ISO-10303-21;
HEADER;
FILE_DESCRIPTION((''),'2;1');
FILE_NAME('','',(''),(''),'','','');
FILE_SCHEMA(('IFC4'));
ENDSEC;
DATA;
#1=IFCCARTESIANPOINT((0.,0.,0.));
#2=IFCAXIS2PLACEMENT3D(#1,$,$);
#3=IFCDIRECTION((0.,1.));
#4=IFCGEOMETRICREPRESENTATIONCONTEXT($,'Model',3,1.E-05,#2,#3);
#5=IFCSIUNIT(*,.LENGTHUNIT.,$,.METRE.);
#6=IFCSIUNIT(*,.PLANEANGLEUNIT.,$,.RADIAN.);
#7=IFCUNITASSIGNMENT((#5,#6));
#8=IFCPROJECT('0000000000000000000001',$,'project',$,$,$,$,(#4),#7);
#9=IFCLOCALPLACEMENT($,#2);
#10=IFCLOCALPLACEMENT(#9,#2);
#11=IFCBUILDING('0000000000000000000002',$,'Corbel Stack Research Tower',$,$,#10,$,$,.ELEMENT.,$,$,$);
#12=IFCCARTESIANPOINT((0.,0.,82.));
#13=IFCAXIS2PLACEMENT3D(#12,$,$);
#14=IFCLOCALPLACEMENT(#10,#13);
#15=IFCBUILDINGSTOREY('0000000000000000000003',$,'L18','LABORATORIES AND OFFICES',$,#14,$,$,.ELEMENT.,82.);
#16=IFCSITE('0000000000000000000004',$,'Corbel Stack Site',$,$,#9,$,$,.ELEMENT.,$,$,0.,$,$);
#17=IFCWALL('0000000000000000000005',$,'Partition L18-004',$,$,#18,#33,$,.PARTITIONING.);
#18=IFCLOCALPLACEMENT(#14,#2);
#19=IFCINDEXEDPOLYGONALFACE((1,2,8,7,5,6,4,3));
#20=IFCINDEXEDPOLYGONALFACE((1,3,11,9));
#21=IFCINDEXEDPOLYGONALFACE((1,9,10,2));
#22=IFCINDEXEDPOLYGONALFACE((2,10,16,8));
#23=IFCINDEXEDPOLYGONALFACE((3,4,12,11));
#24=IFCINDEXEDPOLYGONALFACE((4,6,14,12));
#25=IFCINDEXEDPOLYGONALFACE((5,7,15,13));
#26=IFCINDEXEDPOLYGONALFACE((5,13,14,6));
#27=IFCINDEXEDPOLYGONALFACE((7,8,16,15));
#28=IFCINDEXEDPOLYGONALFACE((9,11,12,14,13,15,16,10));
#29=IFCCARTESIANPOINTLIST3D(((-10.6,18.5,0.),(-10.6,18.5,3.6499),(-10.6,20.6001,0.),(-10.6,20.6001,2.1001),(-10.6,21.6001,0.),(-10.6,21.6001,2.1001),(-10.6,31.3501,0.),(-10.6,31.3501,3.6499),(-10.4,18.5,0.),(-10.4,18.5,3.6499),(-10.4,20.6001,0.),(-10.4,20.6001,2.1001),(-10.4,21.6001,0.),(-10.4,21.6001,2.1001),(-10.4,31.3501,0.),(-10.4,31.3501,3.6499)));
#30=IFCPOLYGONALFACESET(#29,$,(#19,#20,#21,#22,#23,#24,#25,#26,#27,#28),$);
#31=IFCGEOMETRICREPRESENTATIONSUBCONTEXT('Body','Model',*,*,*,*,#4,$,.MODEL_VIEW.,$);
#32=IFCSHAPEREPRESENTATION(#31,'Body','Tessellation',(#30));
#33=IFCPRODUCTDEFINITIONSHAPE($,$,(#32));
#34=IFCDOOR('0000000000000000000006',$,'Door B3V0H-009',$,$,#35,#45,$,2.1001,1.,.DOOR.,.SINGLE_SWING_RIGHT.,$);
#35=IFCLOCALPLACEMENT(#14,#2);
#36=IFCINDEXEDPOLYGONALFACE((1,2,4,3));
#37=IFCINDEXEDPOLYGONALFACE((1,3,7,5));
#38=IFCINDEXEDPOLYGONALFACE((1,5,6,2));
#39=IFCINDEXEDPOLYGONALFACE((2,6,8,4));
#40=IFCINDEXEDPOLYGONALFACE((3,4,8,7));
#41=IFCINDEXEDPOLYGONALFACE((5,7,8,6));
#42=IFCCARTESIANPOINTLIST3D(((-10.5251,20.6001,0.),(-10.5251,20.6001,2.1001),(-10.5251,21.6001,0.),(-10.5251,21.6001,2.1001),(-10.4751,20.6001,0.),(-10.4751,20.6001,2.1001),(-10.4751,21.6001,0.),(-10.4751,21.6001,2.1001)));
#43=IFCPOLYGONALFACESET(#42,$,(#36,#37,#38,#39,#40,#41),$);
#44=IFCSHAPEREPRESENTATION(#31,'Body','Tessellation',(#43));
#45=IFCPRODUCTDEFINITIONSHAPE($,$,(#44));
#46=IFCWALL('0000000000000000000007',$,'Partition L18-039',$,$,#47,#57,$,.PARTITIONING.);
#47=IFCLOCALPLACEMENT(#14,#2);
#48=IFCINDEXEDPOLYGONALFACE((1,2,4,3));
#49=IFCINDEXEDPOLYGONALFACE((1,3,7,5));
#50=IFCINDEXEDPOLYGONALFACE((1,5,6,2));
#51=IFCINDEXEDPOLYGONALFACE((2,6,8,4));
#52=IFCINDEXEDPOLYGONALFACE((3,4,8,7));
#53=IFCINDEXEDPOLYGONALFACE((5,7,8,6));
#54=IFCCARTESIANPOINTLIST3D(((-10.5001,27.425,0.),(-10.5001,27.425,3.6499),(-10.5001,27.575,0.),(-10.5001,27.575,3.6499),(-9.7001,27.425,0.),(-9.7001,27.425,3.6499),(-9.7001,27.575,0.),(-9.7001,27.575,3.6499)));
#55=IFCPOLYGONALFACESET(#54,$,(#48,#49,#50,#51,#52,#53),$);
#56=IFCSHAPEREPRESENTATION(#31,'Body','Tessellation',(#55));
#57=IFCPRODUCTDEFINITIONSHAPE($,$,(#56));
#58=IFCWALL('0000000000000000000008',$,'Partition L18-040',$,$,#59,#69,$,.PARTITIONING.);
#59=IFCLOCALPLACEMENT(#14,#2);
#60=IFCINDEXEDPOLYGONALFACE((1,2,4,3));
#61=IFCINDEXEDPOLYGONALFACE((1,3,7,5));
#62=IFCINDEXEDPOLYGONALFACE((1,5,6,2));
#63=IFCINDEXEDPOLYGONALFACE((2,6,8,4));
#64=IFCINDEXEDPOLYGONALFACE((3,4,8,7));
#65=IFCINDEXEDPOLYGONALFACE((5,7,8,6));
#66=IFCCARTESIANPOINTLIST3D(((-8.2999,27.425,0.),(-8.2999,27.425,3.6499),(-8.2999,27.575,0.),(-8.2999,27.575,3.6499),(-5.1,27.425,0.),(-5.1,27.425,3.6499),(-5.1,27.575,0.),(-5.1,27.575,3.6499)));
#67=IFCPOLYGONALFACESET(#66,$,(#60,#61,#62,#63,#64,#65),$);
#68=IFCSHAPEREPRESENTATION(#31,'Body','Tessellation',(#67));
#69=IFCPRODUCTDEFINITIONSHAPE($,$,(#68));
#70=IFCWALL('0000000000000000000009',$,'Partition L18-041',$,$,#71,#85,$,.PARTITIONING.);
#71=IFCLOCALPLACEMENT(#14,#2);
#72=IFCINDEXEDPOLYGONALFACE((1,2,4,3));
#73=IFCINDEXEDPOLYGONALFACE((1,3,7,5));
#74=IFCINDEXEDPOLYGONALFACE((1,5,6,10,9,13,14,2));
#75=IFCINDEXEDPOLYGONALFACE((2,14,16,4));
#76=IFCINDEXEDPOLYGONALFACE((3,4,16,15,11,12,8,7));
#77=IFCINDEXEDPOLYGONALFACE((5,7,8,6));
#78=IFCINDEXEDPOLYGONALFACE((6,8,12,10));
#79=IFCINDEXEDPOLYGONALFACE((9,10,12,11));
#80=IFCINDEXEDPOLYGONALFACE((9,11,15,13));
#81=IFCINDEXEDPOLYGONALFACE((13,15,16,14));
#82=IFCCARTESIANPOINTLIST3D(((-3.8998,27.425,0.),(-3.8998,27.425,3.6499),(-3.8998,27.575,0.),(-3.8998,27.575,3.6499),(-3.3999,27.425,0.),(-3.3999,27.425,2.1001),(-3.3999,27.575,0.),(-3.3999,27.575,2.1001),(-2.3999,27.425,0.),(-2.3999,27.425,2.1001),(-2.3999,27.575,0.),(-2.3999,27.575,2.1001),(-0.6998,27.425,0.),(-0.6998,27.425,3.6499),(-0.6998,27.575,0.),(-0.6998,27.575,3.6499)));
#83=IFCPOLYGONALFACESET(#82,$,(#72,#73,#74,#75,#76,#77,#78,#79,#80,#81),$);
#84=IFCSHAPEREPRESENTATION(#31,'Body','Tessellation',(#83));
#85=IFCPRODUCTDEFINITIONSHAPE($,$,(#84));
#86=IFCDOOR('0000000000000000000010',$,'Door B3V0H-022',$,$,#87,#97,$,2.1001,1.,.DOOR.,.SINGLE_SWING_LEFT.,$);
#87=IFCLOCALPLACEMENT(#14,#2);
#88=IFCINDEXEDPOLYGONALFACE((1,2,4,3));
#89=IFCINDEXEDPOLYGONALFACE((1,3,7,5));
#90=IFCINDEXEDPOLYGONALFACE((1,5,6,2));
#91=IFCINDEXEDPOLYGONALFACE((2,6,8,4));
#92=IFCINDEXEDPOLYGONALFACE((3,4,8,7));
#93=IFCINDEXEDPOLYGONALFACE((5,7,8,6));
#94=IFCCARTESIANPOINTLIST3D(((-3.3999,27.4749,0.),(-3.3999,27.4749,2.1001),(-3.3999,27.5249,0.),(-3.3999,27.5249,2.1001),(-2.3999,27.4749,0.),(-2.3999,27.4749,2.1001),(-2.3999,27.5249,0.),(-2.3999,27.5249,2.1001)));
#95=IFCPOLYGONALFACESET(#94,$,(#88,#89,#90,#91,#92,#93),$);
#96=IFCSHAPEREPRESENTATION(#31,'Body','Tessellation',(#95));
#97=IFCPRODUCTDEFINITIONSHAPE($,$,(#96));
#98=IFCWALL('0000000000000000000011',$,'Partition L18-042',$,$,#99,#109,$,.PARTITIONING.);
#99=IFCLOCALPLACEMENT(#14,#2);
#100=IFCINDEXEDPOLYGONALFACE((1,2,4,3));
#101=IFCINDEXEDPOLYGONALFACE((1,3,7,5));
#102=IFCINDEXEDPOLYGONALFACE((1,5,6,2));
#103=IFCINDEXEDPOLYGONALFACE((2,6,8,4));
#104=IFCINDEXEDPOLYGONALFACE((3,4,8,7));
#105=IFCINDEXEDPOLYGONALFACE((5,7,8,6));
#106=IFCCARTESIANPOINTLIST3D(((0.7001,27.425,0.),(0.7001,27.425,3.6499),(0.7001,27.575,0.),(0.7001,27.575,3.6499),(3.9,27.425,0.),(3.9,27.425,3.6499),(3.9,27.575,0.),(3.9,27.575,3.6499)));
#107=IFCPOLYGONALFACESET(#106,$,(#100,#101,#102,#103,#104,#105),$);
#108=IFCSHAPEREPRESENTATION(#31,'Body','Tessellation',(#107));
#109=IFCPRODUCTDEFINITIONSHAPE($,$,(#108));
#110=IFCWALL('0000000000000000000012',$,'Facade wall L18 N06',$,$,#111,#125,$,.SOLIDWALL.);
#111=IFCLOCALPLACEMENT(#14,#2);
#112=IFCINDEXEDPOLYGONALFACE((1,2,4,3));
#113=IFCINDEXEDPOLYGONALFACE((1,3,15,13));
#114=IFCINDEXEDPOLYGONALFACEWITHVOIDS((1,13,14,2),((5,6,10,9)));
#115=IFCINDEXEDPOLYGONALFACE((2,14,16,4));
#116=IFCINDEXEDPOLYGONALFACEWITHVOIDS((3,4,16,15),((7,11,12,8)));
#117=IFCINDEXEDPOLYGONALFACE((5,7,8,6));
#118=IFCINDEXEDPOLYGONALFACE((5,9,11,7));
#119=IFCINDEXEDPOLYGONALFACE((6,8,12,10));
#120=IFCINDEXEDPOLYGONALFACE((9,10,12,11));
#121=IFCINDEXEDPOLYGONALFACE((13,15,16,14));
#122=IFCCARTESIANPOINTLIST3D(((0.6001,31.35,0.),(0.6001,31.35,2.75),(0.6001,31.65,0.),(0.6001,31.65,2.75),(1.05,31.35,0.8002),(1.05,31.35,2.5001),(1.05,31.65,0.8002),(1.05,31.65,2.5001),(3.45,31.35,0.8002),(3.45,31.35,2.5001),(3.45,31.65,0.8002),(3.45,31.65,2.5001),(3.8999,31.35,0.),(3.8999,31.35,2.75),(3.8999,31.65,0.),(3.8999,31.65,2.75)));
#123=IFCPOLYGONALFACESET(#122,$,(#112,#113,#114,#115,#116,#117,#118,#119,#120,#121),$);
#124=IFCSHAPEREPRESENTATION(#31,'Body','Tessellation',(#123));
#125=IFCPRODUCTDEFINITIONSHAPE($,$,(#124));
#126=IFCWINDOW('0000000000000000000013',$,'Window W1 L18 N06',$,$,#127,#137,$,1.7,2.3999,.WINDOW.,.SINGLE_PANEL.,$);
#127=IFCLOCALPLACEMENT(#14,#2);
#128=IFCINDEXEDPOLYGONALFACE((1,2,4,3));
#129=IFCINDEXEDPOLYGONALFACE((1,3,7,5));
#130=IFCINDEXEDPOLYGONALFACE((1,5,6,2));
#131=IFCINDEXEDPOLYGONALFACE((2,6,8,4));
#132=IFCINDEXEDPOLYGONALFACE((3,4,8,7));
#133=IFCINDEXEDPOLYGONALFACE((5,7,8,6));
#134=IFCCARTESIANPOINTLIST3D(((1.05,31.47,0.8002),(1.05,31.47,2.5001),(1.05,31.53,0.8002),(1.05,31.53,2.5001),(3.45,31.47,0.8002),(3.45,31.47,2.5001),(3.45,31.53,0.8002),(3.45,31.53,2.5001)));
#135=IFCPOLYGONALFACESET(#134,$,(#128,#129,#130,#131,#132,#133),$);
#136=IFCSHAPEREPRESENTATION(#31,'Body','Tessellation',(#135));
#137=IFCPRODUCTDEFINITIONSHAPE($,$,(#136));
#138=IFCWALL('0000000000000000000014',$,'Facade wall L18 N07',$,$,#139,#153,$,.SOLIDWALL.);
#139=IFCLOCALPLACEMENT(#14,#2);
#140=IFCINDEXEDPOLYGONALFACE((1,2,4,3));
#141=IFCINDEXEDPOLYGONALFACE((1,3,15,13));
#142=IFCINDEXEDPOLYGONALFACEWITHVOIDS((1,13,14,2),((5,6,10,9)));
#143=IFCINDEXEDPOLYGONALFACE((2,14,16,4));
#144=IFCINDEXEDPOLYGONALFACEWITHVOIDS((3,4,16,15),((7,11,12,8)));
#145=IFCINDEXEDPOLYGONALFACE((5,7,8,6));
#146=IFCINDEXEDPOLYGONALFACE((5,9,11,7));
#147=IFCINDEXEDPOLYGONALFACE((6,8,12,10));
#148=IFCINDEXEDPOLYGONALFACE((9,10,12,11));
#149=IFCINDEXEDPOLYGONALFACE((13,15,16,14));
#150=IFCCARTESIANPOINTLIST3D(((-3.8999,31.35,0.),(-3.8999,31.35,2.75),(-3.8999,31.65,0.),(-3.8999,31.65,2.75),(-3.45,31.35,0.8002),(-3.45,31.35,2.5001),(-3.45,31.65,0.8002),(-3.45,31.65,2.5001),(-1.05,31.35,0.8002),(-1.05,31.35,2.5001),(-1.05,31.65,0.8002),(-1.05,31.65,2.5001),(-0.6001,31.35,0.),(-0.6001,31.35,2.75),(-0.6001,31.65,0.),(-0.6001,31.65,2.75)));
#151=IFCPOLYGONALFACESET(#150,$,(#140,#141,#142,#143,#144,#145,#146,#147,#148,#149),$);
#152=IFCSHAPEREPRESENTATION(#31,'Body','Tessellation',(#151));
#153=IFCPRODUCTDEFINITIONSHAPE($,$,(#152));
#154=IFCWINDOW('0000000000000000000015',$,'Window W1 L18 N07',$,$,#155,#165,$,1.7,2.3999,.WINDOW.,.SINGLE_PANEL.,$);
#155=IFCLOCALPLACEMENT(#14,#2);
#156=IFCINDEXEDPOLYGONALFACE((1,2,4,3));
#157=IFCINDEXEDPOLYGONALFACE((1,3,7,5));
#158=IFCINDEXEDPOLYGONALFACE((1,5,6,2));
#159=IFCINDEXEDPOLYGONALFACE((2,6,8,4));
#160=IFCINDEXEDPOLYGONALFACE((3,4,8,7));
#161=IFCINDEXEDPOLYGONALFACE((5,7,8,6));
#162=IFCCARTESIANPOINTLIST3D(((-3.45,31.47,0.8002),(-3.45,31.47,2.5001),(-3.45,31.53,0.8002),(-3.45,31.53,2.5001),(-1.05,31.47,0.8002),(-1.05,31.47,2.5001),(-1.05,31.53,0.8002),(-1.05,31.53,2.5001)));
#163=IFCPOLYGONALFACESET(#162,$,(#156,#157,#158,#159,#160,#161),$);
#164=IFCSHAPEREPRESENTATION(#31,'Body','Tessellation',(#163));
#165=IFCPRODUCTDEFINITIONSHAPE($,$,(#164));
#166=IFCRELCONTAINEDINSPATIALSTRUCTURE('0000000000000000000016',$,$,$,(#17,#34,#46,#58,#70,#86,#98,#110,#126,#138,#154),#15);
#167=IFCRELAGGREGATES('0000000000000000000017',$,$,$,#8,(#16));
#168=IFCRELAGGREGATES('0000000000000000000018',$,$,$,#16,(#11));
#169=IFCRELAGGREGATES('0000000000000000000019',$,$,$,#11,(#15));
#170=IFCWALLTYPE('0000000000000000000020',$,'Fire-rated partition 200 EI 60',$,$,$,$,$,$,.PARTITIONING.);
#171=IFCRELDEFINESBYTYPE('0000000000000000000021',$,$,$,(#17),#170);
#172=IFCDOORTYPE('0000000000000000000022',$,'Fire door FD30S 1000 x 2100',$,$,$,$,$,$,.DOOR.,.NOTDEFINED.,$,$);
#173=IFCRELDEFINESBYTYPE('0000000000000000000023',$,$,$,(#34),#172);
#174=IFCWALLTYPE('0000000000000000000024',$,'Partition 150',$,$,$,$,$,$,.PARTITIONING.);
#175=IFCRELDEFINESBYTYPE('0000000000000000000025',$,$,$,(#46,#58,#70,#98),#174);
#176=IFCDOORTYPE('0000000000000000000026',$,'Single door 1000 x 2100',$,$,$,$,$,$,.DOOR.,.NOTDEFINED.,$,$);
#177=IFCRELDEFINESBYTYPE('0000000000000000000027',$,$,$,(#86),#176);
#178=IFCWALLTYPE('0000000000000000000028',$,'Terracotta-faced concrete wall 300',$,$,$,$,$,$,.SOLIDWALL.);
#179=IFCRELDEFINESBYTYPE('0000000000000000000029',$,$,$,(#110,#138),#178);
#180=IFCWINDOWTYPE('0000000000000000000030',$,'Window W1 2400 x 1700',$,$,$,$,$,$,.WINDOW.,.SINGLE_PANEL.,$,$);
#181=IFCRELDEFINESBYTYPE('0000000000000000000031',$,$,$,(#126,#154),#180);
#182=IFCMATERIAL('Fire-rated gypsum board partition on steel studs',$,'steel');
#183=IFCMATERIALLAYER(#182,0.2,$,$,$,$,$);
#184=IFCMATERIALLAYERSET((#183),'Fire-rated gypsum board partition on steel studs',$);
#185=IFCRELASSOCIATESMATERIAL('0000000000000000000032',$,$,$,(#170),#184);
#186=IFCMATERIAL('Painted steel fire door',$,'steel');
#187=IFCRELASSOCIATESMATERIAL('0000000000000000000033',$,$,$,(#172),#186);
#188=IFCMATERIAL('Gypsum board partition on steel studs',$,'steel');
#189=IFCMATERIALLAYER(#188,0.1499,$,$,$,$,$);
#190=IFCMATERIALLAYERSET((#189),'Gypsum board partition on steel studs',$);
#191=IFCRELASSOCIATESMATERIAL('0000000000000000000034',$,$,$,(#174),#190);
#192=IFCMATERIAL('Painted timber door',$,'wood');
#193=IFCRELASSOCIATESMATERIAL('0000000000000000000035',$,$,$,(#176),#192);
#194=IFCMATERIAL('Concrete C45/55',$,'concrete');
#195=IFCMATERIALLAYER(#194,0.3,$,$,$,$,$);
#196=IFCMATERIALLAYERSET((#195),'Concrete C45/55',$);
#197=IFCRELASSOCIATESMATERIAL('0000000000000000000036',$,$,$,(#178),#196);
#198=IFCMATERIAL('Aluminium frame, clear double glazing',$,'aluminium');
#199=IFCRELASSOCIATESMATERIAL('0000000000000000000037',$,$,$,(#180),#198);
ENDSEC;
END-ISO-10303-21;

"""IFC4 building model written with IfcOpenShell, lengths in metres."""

from ifc_helpers import new_model, si_unit, direction, frame, frame_2d, origin, place, context, subcontext, project, spatial, rectangle, extrude, material, layer, layer_set, type_object, element, fill, save


model = new_model("IFC4")

# Units and contexts
model_context = context("Model", 3, precision=1e-05, world=origin(), true_north=direction((0.0, 1.0)))
body_context = subcontext(model_context, "Body", "Model", "MODEL_VIEW")
ifc_project = project(units=[si_unit("LENGTHUNIT", "METRE"), si_unit("PLANEANGLEUNIT", "RADIAN")], contexts=[model_context])

# Site, building, storey
site_placement = place(None, origin())
site = spatial("IfcSite", under=ifc_project, at=site_placement, Name="Corbel Stack Site", CompositionType="ELEMENT", RefElevation=0.0)
building_placement = place(site_placement, origin())
building = spatial("IfcBuilding", under=site, at=building_placement, Name="Corbel Stack Research Tower", CompositionType="ELEMENT")
storey_placement = place(building_placement, frame((0.0, 0.0, 82.0)))
storey = spatial("IfcBuildingStorey", under=building, at=storey_placement, Name="L18", Description="LABORATORIES AND OFFICES", CompositionType="ELEMENT", Elevation=82.0)

# Shared definitions
ifc_material_1 = material(Name="Fire-rated gypsum board partition on steel studs", Category="steel")
ifc_layer_1 = layer(ifc_material_1, 0.2)
ifc_layer_set_1 = layer_set([ifc_layer_1], Name="Fire-rated gypsum board partition on steel studs")
wall_type_1 = type_object("IfcWallType", Name="Fire-rated partition 200 EI 60", PredefinedType="PARTITIONING", material=ifc_layer_set_1)

# Wall, opening, door
wall_1_placement = place(storey_placement, frame((-10.5, 31.3501, 0.0), z_axis=(0.0, 0.0, 1.0), x_axis=(0.0, -1.0, 0.0)))
wall_1 = element("IfcWall", 1, at=wall_1_placement, inside=storey, type_object=wall_type_1, Name="Partition L18-004", PredefinedType="PARTITIONING", context=body_context, shape_type="SweptSolid", body=[
    extrude(rectangle(XDim=12.8501, YDim=0.2, at=frame_2d((6.425, 0.0))), origin(), (0.0, 0.0, 1.0), 3.6499),
])
opening_1_placement = place(wall_1_placement, frame((9.75, 0.0, 0.0)))
opening_1 = element("IfcOpeningElement", 2, at=opening_1_placement, cuts=wall_1, PredefinedType="OPENING", context=body_context, shape_type="SweptSolid", body=[
    extrude(rectangle(XDim=1.0, YDim=2.1001, at=frame_2d((0.5, 1.05))), frame((0.0, 0.1099, 0.0), z_axis=(0.0, -1.0, 0.0), x_axis=(1.0, 0.0, 0.0)), (0.0, 0.0, 1.0), 0.22),
])
ifc_material_2 = material(Name="Painted steel fire door", Category="steel")
door_type_1 = type_object("IfcDoorType", Name="Fire door FD30S 1000 x 2100", OperationType="NOTDEFINED", PredefinedType="DOOR", material=ifc_material_2)
door_1_placement = place(opening_1_placement, origin())
door_1 = element("IfcDoor", 3, at=door_1_placement, inside=storey, type_object=door_type_1, Name="Door B3V0H-009", OperationType="SINGLE_SWING_RIGHT", OverallHeight=2.1001, OverallWidth=1.0, PredefinedType="DOOR", context=body_context, shape_type="SweptSolid", body=[
    extrude(rectangle(XDim=1.0, YDim=2.1001, at=frame_2d((0.5, 1.05))), frame((0.0, 0.0249, 0.0), z_axis=(0.0, -1.0, 0.0), x_axis=(1.0, 0.0, 0.0)), (0.0, 0.0, 1.0), 0.05),
])
fill(opening_1, door_1)

# Walls
ifc_material_3 = material(Name="Gypsum board partition on steel studs", Category="steel")
ifc_layer_2 = layer(ifc_material_3, 0.1499)
ifc_layer_set_2 = layer_set([ifc_layer_2], Name="Gypsum board partition on steel studs")
wall_type_2 = type_object("IfcWallType", Name="Partition 150", PredefinedType="PARTITIONING", material=ifc_layer_set_2)
wall_2_placement = place(storey_placement, frame((-10.5, 27.5, 0.0), z_axis=(0.0, 0.0, 1.0), x_axis=(1.0, 0.0, 0.0)))
element("IfcWall", 4, at=wall_2_placement, inside=storey, type_object=wall_type_2, Name="Partition L18-039", PredefinedType="PARTITIONING", context=body_context, shape_type="SweptSolid", body=[
    extrude(rectangle(XDim=0.8, YDim=0.1499, at=frame_2d((0.3999, 0.0))), origin(), (0.0, 0.0, 1.0), 3.6499),
])
wall_3_placement = place(storey_placement, frame((-8.3, 27.5, 0.0), z_axis=(0.0, 0.0, 1.0), x_axis=(1.0, 0.0, 0.0)))
element("IfcWall", 5, at=wall_3_placement, inside=storey, type_object=wall_type_2, Name="Partition L18-040", PredefinedType="PARTITIONING", context=body_context, shape_type="SweptSolid", body=[
    extrude(rectangle(XDim=3.2, YDim=0.1499, at=frame_2d((1.6001, 0.0))), origin(), (0.0, 0.0, 1.0), 3.6499),
])

# Wall, opening, door
wall_4_placement = place(storey_placement, frame((-3.8999, 27.5, 0.0), z_axis=(0.0, 0.0, 1.0), x_axis=(1.0, 0.0, 0.0)))
wall_4 = element("IfcWall", 6, at=wall_4_placement, inside=storey, type_object=wall_type_2, Name="Partition L18-041", PredefinedType="PARTITIONING", context=body_context, shape_type="SweptSolid", body=[
    extrude(rectangle(XDim=3.2, YDim=0.1499, at=frame_2d((1.6001, 0.0))), origin(), (0.0, 0.0, 1.0), 3.6499),
])
opening_2_placement = place(wall_4_placement, frame((0.5, 0.0, 0.0)))
opening_2 = element("IfcOpeningElement", 7, at=opening_2_placement, cuts=wall_4, PredefinedType="OPENING", context=body_context, shape_type="SweptSolid", body=[
    extrude(rectangle(XDim=1.0, YDim=2.1001, at=frame_2d((0.5, 1.05))), frame((0.0, 0.085, 0.0), z_axis=(0.0, -1.0, 0.0), x_axis=(1.0, 0.0, 0.0)), (0.0, 0.0, 1.0), 0.1699),
])
ifc_material_4 = material(Name="Painted timber door", Category="wood")
door_type_2 = type_object("IfcDoorType", Name="Single door 1000 x 2100", OperationType="NOTDEFINED", PredefinedType="DOOR", material=ifc_material_4)
door_2_placement = place(opening_2_placement, origin())
door_2 = element("IfcDoor", 8, at=door_2_placement, inside=storey, type_object=door_type_2, Name="Door B3V0H-022", OperationType="SINGLE_SWING_LEFT", OverallHeight=2.1001, OverallWidth=1.0, PredefinedType="DOOR", context=body_context, shape_type="SweptSolid", body=[
    extrude(rectangle(XDim=1.0, YDim=2.1001, at=frame_2d((0.5, 1.05))), frame((0.0, 0.0249, 0.0), z_axis=(0.0, -1.0, 0.0), x_axis=(1.0, 0.0, 0.0)), (0.0, 0.0, 1.0), 0.05),
])
fill(opening_2, door_2)

# Wall
wall_5_placement = place(storey_placement, frame((0.7, 27.5, 0.0), z_axis=(0.0, 0.0, 1.0), x_axis=(1.0, 0.0, 0.0)))
element("IfcWall", 9, at=wall_5_placement, inside=storey, type_object=wall_type_2, Name="Partition L18-042", PredefinedType="PARTITIONING", context=body_context, shape_type="SweptSolid", body=[
    extrude(rectangle(XDim=3.2, YDim=0.1499, at=frame_2d((1.6001, 0.0))), origin(), (0.0, 0.0, 1.0), 3.6499),
])

# Walls, openings, windows
ifc_material_5 = material(Name="Concrete C45/55", Category="concrete")
ifc_layer_3 = layer(ifc_material_5, 0.3)
ifc_layer_set_3 = layer_set([ifc_layer_3], Name="Concrete C45/55")
wall_type_3 = type_object("IfcWallType", Name="Terracotta-faced concrete wall 300", PredefinedType="SOLIDWALL", material=ifc_layer_set_3)
wall_6_placement = place(storey_placement, frame((0.6001, 31.5, 0.0), z_axis=(0.0, 0.0, 1.0), x_axis=(1.0, 0.0, 0.0)))
wall_6 = element("IfcWall", 10, at=wall_6_placement, inside=storey, type_object=wall_type_3, Name="Facade wall L18 N06", PredefinedType="SOLIDWALL", context=body_context, shape_type="SweptSolid", body=[
    extrude(rectangle(XDim=3.2998, YDim=0.3, at=frame_2d((1.6499, 0.0))), origin(), (0.0, 0.0, 1.0), 2.75),
])
opening_3_placement = place(wall_6_placement, frame((0.45, 0.0, 0.8)))
opening_3 = element("IfcOpeningElement", 11, at=opening_3_placement, cuts=wall_6, PredefinedType="OPENING", context=body_context, shape_type="SweptSolid", body=[
    extrude(rectangle(XDim=2.3999, YDim=1.7, at=frame_2d((1.2, 0.8501))), frame((0.0, 0.1599, 0.0), z_axis=(0.0, -1.0, 0.0), x_axis=(1.0, 0.0, 0.0)), (0.0, 0.0, 1.0), 0.3201),
])
ifc_material_6 = material(Name="Aluminium frame, clear double glazing", Category="aluminium")
window_type = type_object("IfcWindowType", Name="Window W1 2400 x 1700", PartitioningType="SINGLE_PANEL", PredefinedType="WINDOW", material=ifc_material_6)
window_1_placement = place(opening_3_placement, origin())
window_1 = element("IfcWindow", 12, at=window_1_placement, inside=storey, type_object=window_type, Name="Window W1 L18 N06", OverallHeight=1.7, OverallWidth=2.3999, PartitioningType="SINGLE_PANEL", PredefinedType="WINDOW", context=body_context, shape_type="SweptSolid", body=[
    extrude(rectangle(XDim=2.3999, YDim=1.7, at=frame_2d((1.2, 0.8501))), frame((0.0, 0.03, 0.0), z_axis=(0.0, -1.0, 0.0), x_axis=(1.0, 0.0, 0.0)), (0.0, 0.0, 1.0), 0.0601),
])
fill(opening_3, window_1)
wall_7_placement = place(storey_placement, frame((-3.8999, 31.5, 0.0), z_axis=(0.0, 0.0, 1.0), x_axis=(1.0, 0.0, 0.0)))
wall_7 = element("IfcWall", 13, at=wall_7_placement, inside=storey, type_object=wall_type_3, Name="Facade wall L18 N07", PredefinedType="SOLIDWALL", context=body_context, shape_type="SweptSolid", body=[
    extrude(rectangle(XDim=3.2998, YDim=0.3, at=frame_2d((1.6499, 0.0))), origin(), (0.0, 0.0, 1.0), 2.75),
])
opening_4_placement = place(wall_7_placement, frame((0.45, 0.0, 0.8)))
opening_4 = element("IfcOpeningElement", 14, at=opening_4_placement, cuts=wall_7, PredefinedType="OPENING", context=body_context, shape_type="SweptSolid", body=[
    extrude(rectangle(XDim=2.3999, YDim=1.7, at=frame_2d((1.2, 0.8501))), frame((0.0, 0.1599, 0.0), z_axis=(0.0, -1.0, 0.0), x_axis=(1.0, 0.0, 0.0)), (0.0, 0.0, 1.0), 0.3201),
])
window_2_placement = place(opening_4_placement, origin())
window_2 = element("IfcWindow", 15, at=window_2_placement, inside=storey, type_object=window_type, Name="Window W1 L18 N07", OverallHeight=1.7, OverallWidth=2.3999, PartitioningType="SINGLE_PANEL", PredefinedType="WINDOW", context=body_context, shape_type="SweptSolid", body=[
    extrude(rectangle(XDim=2.3999, YDim=1.7, at=frame_2d((1.2, 0.8501))), frame((0.0, 0.03, 0.0), z_axis=(0.0, -1.0, 0.0), x_axis=(1.0, 0.0, 0.0)), (0.0, 0.0, 1.0), 0.0601),
])
fill(opening_4, window_2)

save(model, "model.ifc")
